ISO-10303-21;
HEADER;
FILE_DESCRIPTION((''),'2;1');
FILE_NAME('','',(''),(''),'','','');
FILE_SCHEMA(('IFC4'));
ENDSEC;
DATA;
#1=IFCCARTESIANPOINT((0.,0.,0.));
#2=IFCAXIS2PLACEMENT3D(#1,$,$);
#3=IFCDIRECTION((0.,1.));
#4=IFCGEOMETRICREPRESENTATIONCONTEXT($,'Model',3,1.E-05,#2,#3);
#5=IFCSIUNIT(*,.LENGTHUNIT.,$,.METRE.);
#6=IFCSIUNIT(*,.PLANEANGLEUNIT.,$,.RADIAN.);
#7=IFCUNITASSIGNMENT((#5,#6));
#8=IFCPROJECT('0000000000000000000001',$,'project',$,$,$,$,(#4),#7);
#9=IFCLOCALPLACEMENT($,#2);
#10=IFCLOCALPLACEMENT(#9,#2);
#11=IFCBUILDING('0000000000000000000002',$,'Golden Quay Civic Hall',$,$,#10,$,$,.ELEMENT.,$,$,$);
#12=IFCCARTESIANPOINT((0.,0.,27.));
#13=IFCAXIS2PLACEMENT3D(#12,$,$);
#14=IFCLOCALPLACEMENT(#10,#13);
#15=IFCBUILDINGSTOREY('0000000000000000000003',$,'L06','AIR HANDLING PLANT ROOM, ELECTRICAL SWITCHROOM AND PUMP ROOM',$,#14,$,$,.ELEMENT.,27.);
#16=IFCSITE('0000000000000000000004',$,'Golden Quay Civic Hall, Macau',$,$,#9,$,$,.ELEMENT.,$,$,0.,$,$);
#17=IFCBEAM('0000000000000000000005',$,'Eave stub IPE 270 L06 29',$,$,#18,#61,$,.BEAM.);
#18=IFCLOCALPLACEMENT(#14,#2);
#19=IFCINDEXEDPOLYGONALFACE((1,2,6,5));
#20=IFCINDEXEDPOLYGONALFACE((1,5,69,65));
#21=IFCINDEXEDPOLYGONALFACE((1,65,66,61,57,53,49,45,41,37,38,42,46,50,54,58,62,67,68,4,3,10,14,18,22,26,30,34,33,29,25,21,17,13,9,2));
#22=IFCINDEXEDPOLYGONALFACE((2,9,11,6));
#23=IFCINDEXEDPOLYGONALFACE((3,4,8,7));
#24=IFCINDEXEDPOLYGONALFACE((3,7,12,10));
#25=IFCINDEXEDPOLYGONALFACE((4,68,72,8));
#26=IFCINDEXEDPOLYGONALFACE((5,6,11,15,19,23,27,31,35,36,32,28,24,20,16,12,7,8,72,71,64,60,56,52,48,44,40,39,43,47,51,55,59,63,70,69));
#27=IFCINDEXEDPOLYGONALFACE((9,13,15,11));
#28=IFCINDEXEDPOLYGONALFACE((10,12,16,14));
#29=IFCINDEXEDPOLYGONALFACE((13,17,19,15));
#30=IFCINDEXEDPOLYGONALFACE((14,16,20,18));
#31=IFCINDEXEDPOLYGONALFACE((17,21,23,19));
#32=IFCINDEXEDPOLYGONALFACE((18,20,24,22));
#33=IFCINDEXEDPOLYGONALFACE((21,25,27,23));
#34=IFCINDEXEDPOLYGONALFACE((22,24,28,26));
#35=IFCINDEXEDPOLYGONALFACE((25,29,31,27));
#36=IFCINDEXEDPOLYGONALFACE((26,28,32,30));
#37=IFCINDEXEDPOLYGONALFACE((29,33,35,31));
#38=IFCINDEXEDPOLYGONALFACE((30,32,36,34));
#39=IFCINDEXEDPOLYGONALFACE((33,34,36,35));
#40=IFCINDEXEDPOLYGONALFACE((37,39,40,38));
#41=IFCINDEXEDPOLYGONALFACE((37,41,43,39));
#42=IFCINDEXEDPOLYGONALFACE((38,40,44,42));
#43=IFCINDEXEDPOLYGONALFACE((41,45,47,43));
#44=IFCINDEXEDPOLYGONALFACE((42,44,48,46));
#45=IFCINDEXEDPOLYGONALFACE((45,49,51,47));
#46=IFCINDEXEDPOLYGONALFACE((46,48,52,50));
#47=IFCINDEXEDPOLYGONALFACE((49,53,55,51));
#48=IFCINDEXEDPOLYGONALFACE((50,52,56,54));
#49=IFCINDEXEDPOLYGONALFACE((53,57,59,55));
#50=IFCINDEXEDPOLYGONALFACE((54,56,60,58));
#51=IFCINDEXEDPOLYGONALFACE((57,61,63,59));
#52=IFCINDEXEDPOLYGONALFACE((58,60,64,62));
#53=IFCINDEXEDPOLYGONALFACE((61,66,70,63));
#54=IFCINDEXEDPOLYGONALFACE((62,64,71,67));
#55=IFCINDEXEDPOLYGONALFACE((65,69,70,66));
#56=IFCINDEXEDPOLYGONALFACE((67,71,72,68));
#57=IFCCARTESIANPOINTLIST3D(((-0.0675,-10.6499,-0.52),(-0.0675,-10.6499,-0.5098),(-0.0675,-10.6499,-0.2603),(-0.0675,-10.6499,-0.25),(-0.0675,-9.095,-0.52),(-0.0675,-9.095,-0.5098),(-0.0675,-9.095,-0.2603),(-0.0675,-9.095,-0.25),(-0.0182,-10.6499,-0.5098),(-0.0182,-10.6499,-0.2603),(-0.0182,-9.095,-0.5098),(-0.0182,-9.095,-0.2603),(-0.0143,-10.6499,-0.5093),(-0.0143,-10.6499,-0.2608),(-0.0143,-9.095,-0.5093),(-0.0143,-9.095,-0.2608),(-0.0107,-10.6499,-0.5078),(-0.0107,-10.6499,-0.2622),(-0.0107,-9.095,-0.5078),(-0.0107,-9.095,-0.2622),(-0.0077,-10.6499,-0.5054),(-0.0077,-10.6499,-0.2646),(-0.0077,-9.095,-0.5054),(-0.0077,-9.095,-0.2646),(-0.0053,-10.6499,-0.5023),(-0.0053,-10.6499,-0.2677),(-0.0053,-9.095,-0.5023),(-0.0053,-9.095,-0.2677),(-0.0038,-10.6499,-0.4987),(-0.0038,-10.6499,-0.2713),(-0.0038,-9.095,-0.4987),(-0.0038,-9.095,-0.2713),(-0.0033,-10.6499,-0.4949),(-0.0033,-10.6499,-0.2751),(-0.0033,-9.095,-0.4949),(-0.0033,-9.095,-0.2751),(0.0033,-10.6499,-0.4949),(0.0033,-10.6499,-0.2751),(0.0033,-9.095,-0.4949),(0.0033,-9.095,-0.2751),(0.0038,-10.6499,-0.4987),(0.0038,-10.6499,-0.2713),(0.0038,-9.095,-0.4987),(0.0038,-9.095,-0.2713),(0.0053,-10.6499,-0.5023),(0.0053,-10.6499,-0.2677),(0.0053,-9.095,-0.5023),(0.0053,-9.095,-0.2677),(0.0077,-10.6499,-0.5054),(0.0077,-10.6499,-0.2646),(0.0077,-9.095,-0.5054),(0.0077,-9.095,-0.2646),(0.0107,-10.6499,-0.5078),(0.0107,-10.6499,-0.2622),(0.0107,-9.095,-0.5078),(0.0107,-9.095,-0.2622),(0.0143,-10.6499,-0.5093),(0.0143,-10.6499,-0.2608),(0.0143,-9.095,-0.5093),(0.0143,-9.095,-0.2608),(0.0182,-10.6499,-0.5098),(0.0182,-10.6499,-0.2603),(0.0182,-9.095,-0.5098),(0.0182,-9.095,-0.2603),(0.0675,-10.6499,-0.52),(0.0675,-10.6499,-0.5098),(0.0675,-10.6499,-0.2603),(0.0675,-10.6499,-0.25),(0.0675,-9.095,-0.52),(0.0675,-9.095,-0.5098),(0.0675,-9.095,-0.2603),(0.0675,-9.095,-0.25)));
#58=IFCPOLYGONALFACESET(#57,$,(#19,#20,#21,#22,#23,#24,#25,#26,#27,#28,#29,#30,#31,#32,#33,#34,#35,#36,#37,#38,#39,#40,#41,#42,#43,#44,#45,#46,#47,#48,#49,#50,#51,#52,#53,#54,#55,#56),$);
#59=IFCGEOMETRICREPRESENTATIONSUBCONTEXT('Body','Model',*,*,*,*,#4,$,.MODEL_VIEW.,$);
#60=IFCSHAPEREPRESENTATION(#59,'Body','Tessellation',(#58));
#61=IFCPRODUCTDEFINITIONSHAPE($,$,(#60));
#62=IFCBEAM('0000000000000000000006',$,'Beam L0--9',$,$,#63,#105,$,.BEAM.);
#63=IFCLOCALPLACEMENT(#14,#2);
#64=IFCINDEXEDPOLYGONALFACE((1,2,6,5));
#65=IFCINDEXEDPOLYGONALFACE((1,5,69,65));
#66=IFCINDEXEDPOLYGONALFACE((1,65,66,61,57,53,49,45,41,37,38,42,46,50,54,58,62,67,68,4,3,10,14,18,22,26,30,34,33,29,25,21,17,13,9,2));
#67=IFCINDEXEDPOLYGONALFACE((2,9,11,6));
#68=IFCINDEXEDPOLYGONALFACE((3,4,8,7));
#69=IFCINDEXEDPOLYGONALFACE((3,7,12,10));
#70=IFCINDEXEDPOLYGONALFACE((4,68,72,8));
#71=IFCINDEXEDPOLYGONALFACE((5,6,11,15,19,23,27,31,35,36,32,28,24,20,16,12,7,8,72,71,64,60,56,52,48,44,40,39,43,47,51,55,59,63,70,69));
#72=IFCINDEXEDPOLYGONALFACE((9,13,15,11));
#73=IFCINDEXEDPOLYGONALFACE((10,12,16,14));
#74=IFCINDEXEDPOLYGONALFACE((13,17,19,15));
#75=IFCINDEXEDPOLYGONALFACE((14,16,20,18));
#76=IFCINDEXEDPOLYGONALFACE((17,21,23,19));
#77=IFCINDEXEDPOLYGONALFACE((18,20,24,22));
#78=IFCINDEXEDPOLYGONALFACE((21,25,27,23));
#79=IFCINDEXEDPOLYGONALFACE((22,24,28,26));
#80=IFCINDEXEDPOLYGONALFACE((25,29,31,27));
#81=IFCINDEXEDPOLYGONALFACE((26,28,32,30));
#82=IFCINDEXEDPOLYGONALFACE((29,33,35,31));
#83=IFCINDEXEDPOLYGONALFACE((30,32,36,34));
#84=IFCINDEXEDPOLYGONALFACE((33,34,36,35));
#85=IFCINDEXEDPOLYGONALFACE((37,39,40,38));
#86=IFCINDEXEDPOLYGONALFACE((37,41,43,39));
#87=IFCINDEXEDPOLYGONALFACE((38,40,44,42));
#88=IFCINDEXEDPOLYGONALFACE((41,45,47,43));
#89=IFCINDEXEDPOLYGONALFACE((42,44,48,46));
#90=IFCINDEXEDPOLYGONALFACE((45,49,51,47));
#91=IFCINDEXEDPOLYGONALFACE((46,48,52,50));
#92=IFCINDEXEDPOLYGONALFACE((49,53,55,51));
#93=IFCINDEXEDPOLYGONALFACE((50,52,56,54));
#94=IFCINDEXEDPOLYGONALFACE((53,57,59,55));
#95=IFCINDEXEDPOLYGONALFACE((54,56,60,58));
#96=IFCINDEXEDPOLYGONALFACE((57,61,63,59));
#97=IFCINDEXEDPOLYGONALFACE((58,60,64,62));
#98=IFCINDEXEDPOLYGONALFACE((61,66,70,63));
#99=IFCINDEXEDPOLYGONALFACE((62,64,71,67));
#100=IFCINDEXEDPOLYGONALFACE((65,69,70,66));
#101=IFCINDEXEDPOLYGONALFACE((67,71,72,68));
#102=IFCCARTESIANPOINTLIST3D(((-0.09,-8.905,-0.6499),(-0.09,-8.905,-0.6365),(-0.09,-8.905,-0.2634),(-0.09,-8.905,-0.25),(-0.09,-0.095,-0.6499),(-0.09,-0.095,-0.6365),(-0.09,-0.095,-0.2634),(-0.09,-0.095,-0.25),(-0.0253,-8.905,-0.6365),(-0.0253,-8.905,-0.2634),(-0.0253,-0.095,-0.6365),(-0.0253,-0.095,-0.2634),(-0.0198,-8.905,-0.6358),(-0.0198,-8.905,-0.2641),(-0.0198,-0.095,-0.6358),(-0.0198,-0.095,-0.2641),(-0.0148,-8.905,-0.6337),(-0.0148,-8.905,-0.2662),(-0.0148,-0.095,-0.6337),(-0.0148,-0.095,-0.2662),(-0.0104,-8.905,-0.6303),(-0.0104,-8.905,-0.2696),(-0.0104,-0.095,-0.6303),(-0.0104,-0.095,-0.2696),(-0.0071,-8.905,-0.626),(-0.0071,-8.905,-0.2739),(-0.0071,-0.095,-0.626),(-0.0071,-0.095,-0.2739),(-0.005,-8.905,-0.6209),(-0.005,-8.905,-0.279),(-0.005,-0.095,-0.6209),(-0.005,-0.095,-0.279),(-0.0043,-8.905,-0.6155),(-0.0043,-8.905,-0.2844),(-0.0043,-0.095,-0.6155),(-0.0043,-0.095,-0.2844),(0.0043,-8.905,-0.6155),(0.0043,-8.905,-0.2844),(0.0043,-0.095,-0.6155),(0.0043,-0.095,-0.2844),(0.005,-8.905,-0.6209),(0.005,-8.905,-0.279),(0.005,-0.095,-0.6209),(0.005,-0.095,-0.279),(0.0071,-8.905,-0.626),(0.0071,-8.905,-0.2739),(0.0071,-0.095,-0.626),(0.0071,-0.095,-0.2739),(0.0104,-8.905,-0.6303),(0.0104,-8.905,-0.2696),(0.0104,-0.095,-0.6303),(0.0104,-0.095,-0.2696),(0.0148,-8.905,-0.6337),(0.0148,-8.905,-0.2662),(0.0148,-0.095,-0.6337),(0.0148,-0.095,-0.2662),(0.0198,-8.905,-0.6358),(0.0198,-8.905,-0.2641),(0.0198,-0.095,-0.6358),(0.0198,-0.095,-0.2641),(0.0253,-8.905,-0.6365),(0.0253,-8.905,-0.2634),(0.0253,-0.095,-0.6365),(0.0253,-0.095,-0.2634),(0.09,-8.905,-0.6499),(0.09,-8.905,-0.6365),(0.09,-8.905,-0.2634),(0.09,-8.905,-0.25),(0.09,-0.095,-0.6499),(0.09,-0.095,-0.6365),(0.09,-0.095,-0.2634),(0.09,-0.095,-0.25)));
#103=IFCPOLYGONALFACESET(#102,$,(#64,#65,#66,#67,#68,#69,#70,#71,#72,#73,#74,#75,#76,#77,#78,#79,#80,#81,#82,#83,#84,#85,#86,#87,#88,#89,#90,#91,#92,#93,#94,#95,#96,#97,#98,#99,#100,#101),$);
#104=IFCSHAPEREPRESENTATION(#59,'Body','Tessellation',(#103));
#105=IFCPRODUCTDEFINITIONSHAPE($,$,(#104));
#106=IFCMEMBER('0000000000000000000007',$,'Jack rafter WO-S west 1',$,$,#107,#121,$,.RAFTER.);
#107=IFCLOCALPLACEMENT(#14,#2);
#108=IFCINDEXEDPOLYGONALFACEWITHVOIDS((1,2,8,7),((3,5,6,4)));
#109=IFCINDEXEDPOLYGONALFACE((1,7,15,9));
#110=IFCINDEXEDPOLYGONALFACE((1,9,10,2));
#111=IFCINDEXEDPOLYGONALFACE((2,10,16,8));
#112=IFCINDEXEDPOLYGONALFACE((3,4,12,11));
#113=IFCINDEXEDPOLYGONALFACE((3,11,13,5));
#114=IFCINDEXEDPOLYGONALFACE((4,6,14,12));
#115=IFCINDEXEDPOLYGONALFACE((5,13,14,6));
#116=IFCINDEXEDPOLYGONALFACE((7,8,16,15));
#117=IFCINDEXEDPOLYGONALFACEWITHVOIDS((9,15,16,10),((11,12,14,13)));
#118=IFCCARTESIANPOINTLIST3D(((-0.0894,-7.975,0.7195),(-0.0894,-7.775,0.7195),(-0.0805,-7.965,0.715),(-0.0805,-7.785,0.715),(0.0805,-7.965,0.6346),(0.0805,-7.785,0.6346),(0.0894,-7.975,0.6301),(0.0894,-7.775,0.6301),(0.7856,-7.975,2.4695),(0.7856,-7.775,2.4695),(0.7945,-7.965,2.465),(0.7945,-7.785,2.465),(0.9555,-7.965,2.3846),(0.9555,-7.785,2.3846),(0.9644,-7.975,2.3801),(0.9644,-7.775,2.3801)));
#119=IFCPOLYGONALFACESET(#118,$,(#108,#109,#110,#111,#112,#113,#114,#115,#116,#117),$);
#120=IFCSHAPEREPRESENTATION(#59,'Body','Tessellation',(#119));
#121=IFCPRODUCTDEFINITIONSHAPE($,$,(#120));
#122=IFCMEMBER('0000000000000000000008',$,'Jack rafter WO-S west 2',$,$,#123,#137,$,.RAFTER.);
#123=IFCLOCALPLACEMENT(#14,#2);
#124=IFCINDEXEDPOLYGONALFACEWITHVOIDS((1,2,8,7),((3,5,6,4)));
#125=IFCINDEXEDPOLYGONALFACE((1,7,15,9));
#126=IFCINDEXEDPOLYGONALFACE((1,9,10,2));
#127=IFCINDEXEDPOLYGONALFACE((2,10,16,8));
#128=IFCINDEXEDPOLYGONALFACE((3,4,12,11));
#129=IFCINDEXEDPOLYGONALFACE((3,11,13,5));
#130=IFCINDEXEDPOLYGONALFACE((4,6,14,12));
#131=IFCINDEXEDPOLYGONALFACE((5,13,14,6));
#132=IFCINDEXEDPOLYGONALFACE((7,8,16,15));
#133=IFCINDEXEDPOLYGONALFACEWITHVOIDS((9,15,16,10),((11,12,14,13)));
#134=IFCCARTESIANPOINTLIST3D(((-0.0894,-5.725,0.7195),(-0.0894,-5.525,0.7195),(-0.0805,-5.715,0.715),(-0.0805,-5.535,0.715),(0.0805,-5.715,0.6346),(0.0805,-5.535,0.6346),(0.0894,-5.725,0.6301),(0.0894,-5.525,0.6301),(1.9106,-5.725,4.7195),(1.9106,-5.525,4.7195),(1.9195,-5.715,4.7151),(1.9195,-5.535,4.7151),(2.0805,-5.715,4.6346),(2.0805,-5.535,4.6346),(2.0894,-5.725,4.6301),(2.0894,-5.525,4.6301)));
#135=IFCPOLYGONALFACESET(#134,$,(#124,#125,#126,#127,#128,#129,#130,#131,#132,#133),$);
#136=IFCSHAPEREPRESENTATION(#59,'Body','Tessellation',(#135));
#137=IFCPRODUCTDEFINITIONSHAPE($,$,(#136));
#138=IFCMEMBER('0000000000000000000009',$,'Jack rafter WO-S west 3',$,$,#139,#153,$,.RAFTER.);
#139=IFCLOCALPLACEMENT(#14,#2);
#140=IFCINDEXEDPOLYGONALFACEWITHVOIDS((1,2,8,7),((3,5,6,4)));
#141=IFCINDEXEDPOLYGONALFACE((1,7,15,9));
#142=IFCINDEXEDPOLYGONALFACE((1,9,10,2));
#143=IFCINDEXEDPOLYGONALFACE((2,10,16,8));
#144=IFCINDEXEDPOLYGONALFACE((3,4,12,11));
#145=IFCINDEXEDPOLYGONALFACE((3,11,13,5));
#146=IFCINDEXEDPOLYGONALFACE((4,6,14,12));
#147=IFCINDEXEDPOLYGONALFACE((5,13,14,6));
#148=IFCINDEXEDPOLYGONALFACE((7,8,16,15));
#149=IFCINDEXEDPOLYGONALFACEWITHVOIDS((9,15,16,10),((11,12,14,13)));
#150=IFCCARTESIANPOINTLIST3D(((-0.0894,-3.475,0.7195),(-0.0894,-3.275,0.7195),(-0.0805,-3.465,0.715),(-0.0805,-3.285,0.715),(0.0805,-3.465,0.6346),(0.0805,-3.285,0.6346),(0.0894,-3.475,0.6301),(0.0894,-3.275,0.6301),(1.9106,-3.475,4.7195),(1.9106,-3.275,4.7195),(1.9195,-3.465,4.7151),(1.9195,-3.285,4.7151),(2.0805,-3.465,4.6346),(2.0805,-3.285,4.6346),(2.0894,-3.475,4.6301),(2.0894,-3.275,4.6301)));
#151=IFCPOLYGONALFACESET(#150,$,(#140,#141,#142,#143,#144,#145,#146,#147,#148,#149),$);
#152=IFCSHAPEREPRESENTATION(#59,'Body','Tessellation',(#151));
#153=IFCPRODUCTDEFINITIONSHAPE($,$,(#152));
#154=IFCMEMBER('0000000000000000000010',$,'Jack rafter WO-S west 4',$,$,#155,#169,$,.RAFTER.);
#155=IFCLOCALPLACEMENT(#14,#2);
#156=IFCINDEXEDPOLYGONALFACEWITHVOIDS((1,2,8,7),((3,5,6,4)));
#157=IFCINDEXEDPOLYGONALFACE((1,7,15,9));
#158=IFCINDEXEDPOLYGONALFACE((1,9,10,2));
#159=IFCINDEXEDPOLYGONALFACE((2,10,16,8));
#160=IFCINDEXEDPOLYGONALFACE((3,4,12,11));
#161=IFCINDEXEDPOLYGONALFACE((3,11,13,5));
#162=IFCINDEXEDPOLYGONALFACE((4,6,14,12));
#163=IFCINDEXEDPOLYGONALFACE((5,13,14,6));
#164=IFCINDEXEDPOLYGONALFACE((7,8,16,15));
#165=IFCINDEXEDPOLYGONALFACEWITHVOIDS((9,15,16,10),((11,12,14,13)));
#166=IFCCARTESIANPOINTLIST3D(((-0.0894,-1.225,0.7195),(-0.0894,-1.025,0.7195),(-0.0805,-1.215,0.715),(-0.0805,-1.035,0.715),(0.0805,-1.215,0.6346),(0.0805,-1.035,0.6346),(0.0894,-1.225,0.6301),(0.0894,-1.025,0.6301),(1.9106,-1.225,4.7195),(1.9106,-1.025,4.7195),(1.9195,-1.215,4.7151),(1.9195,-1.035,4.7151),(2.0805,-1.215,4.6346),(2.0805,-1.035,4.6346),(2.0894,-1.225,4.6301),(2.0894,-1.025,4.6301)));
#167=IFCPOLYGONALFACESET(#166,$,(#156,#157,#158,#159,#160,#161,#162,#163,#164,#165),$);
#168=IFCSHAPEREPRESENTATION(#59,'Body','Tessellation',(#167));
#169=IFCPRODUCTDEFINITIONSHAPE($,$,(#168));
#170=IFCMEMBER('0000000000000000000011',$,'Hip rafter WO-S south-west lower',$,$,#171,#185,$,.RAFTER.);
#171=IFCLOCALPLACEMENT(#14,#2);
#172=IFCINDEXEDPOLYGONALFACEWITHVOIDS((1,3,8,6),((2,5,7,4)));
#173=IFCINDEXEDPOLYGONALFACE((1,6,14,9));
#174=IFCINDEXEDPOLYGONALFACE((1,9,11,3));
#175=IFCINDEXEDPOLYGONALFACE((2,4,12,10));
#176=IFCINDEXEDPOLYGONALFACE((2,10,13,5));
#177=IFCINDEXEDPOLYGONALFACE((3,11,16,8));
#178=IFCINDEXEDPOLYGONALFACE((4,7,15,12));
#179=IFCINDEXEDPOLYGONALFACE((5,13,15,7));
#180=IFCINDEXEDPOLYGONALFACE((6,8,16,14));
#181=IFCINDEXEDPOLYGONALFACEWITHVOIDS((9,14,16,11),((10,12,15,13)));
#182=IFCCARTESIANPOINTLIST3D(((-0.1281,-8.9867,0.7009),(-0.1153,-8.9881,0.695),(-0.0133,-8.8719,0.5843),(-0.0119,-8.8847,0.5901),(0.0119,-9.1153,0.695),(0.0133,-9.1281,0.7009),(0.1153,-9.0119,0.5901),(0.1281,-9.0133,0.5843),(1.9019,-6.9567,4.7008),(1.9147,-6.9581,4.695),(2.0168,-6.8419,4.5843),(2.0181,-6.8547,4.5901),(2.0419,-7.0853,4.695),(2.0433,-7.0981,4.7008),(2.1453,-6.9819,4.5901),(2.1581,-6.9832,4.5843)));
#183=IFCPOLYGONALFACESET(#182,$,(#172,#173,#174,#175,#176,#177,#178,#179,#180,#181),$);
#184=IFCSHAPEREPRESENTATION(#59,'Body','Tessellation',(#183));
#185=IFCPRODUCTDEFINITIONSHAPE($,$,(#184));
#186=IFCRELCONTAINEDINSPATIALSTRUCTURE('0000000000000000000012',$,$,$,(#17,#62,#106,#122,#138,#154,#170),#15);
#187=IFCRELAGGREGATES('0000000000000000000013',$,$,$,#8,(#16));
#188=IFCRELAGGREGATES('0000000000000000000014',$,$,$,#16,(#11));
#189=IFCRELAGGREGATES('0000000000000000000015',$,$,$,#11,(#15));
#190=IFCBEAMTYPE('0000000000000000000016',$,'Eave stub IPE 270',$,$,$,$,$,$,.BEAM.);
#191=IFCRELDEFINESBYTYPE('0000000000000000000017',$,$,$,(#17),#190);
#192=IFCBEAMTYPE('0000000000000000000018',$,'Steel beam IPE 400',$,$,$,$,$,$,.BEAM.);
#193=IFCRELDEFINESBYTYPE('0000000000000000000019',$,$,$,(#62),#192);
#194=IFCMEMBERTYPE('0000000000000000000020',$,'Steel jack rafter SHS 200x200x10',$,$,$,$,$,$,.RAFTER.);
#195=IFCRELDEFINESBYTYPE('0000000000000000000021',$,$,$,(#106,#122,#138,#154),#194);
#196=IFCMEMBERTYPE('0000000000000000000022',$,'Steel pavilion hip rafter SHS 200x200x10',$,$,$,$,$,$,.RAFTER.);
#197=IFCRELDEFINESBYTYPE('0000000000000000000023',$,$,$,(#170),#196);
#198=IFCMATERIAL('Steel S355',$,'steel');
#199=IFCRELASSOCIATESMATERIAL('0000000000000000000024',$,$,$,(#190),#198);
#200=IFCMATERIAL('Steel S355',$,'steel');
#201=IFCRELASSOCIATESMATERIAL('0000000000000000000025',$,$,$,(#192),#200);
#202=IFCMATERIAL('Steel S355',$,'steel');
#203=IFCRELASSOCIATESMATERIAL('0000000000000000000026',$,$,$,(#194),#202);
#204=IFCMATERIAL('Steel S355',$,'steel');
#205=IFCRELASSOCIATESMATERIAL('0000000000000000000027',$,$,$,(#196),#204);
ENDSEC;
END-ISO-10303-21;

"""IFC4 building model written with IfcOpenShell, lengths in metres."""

from ifc_helpers import new_model, si_unit, direction, frame, origin, origin_2d, place, context, subcontext, project, spatial, hollow_rectangle, i_section, extrude, material, material_profile, profile_set, type_object, element, save


model = new_model("IFC4")

# Units and contexts
model_context = context("Model", 3, precision=1e-05, world=origin(), true_north=direction((0.0, 1.0)))
body_context = subcontext(model_context, "Body", "Model", "MODEL_VIEW")
ifc_project = project(units=[si_unit("LENGTHUNIT", "METRE"), si_unit("PLANEANGLEUNIT", "RADIAN")], contexts=[model_context])

# Site, building, storey
site_placement = place(None, origin())
site = spatial("IfcSite", under=ifc_project, at=site_placement, Name="Golden Quay Civic Hall, Macau", CompositionType="ELEMENT", RefElevation=0.0)
building_placement = place(site_placement, origin())
building = spatial("IfcBuilding", under=site, at=building_placement, Name="Golden Quay Civic Hall", CompositionType="ELEMENT")
storey_placement = place(building_placement, frame((0.0, 0.0, 27.0)))
storey = spatial("IfcBuildingStorey", under=building, at=storey_placement, Name="L06", Description="AIR HANDLING PLANT ROOM, ELECTRICAL SWITCHROOM AND PUMP ROOM", CompositionType="ELEMENT", Elevation=27.0)

# Beams
ifc_material_1 = material(Name="Steel S355", Category="steel")
ifc_material_profile_1 = material_profile(ifc_material_1, i_section(OverallWidth=0.135, OverallDepth=0.27, WebThickness=0.0066, FlangeThickness=0.0103, FilletRadius=0.0149, at=origin_2d()), Name="IPE 270")
ifc_profile_set_1 = profile_set([ifc_material_profile_1], Name="Steel S355")
beam_type_1 = type_object("IfcBeamType", Name="Eave stub IPE 270", PredefinedType="BEAM", material=ifc_profile_set_1)
beam_1_placement = place(storey_placement, frame((0.0, -9.095, -0.385), z_axis=(0.0, -1.0, 0.0), x_axis=(1.0, 0.0, 0.0)))
element("IfcBeam", 1, at=beam_1_placement, inside=storey, type_object=beam_type_1, Name="Eave stub IPE 270 L06 29", PredefinedType="BEAM", context=body_context, shape_type="SweptSolid", body=[
    extrude(i_section(OverallWidth=0.135, OverallDepth=0.27, WebThickness=0.0066, FlangeThickness=0.0103, FilletRadius=0.0149, at=origin_2d()), origin(), (0.0, 0.0, 1.0), 1.5549),
])
ifc_material_2 = material(Name="Steel S355", Category="steel")
ifc_material_profile_2 = material_profile(ifc_material_2, i_section(OverallWidth=0.1799, OverallDepth=0.3999, WebThickness=0.0085, FlangeThickness=0.0134, FilletRadius=0.021, at=origin_2d()), Name="IPE 400")
ifc_profile_set_2 = profile_set([ifc_material_profile_2], Name="Steel S355")
beam_type_2 = type_object("IfcBeamType", Name="Steel beam IPE 400", PredefinedType="BEAM", material=ifc_profile_set_2)
beam_2_placement = place(storey_placement, frame((0.0, -8.905, -0.45), z_axis=(0.0, 1.0, 0.0), x_axis=(-1.0, 0.0, 0.0)))
element("IfcBeam", 2, at=beam_2_placement, inside=storey, type_object=beam_type_2, Name="Beam L0--9", PredefinedType="BEAM", context=body_context, shape_type="SweptSolid", body=[
    extrude(i_section(OverallWidth=0.1799, OverallDepth=0.3999, WebThickness=0.0085, FlangeThickness=0.0134, FilletRadius=0.021, at=origin_2d()), origin(), (0.0, 0.0, 1.0), 8.8101),
])

# Members
ifc_material_3 = material(Name="Steel S355", Category="steel")
ifc_material_profile_3 = material_profile(ifc_material_3, hollow_rectangle(XDim=0.2, YDim=0.2, WallThickness=0.01, at=origin_2d()), Name="SHS 200x200x10")
ifc_profile_set_3 = profile_set([ifc_material_profile_3], Name="Steel S355")
member_type_1 = type_object("IfcMemberType", Name="Steel jack rafter SHS 200x200x10", PredefinedType="RAFTER", material=ifc_profile_set_3)
member_1_placement = place(storey_placement, frame((0.0, -7.875, 0.6748), z_axis=(0.447214, 0.0, 0.894427), x_axis=(0.0, 1.0, 0.0)))
element("IfcMember", 3, at=member_1_placement, inside=storey, type_object=member_type_1, Name="Jack rafter WO-S west 1", PredefinedType="RAFTER", context=body_context, shape_type="SweptSolid", body=[
    extrude(hollow_rectangle(XDim=0.2, YDim=0.2, WallThickness=0.01, at=origin_2d()), origin(), (0.0, 0.0, 1.0), 1.9565),
])
for number, where, z_axis, x_axis, name in (
    (4, (0.0, -5.625, 0.6748), (0.447214, 0.0, 0.894427), (0.0, 1.0, 0.0), "Jack rafter WO-S west 2"),
    (5, (0.0, -3.375, 0.6748), (0.447214, 0.0, 0.894427), (0.0, 1.0, 0.0), "Jack rafter WO-S west 3"),
    (6, (0.0, -1.125, 0.6748), (0.447214, 0.0, 0.894427), (0.0, 1.0, 0.0), "Jack rafter WO-S west 4"),
):
    element("IfcMember", number, at=place(storey_placement, frame(where, z_axis=z_axis, x_axis=x_axis)), inside=storey, type_object=member_type_1, Name=name, PredefinedType="RAFTER", context=body_context, shape_type="SweptSolid", body=[
        extrude(hollow_rectangle(XDim=0.2, YDim=0.2, WallThickness=0.01, at=origin_2d()), origin(), (0.0, 0.0, 1.0), 4.4722),
    ])
ifc_material_4 = material(Name="Steel S355", Category="steel")
ifc_material_profile_4 = material_profile(ifc_material_4, hollow_rectangle(XDim=0.2, YDim=0.2, WallThickness=0.01, at=origin_2d()), Name="SHS 200x200x10")
ifc_profile_set_4 = profile_set([ifc_material_profile_4], Name="Steel S355")
member_type_2 = type_object("IfcMemberType", Name="Steel pavilion hip rafter SHS 200x200x10", PredefinedType="RAFTER", material=ifc_profile_set_4)
member_2_placement = place(storey_placement, frame((0.0, -9.0, 0.6426), z_axis=(0.412304, 0.412304, 0.81241), x_axis=(-0.707107, 0.707107, 0.0)))
element("IfcMember", 7, at=member_2_placement, inside=storey, type_object=member_type_2, Name="Hip rafter WO-S south-west lower", PredefinedType="RAFTER", context=body_context, shape_type="SweptSolid", body=[
    extrude(hollow_rectangle(XDim=0.2, YDim=0.2, WallThickness=0.01, at=origin_2d()), origin(), (0.0, 0.0, 1.0), 4.9236),
])

save(model, "model.ifc")
